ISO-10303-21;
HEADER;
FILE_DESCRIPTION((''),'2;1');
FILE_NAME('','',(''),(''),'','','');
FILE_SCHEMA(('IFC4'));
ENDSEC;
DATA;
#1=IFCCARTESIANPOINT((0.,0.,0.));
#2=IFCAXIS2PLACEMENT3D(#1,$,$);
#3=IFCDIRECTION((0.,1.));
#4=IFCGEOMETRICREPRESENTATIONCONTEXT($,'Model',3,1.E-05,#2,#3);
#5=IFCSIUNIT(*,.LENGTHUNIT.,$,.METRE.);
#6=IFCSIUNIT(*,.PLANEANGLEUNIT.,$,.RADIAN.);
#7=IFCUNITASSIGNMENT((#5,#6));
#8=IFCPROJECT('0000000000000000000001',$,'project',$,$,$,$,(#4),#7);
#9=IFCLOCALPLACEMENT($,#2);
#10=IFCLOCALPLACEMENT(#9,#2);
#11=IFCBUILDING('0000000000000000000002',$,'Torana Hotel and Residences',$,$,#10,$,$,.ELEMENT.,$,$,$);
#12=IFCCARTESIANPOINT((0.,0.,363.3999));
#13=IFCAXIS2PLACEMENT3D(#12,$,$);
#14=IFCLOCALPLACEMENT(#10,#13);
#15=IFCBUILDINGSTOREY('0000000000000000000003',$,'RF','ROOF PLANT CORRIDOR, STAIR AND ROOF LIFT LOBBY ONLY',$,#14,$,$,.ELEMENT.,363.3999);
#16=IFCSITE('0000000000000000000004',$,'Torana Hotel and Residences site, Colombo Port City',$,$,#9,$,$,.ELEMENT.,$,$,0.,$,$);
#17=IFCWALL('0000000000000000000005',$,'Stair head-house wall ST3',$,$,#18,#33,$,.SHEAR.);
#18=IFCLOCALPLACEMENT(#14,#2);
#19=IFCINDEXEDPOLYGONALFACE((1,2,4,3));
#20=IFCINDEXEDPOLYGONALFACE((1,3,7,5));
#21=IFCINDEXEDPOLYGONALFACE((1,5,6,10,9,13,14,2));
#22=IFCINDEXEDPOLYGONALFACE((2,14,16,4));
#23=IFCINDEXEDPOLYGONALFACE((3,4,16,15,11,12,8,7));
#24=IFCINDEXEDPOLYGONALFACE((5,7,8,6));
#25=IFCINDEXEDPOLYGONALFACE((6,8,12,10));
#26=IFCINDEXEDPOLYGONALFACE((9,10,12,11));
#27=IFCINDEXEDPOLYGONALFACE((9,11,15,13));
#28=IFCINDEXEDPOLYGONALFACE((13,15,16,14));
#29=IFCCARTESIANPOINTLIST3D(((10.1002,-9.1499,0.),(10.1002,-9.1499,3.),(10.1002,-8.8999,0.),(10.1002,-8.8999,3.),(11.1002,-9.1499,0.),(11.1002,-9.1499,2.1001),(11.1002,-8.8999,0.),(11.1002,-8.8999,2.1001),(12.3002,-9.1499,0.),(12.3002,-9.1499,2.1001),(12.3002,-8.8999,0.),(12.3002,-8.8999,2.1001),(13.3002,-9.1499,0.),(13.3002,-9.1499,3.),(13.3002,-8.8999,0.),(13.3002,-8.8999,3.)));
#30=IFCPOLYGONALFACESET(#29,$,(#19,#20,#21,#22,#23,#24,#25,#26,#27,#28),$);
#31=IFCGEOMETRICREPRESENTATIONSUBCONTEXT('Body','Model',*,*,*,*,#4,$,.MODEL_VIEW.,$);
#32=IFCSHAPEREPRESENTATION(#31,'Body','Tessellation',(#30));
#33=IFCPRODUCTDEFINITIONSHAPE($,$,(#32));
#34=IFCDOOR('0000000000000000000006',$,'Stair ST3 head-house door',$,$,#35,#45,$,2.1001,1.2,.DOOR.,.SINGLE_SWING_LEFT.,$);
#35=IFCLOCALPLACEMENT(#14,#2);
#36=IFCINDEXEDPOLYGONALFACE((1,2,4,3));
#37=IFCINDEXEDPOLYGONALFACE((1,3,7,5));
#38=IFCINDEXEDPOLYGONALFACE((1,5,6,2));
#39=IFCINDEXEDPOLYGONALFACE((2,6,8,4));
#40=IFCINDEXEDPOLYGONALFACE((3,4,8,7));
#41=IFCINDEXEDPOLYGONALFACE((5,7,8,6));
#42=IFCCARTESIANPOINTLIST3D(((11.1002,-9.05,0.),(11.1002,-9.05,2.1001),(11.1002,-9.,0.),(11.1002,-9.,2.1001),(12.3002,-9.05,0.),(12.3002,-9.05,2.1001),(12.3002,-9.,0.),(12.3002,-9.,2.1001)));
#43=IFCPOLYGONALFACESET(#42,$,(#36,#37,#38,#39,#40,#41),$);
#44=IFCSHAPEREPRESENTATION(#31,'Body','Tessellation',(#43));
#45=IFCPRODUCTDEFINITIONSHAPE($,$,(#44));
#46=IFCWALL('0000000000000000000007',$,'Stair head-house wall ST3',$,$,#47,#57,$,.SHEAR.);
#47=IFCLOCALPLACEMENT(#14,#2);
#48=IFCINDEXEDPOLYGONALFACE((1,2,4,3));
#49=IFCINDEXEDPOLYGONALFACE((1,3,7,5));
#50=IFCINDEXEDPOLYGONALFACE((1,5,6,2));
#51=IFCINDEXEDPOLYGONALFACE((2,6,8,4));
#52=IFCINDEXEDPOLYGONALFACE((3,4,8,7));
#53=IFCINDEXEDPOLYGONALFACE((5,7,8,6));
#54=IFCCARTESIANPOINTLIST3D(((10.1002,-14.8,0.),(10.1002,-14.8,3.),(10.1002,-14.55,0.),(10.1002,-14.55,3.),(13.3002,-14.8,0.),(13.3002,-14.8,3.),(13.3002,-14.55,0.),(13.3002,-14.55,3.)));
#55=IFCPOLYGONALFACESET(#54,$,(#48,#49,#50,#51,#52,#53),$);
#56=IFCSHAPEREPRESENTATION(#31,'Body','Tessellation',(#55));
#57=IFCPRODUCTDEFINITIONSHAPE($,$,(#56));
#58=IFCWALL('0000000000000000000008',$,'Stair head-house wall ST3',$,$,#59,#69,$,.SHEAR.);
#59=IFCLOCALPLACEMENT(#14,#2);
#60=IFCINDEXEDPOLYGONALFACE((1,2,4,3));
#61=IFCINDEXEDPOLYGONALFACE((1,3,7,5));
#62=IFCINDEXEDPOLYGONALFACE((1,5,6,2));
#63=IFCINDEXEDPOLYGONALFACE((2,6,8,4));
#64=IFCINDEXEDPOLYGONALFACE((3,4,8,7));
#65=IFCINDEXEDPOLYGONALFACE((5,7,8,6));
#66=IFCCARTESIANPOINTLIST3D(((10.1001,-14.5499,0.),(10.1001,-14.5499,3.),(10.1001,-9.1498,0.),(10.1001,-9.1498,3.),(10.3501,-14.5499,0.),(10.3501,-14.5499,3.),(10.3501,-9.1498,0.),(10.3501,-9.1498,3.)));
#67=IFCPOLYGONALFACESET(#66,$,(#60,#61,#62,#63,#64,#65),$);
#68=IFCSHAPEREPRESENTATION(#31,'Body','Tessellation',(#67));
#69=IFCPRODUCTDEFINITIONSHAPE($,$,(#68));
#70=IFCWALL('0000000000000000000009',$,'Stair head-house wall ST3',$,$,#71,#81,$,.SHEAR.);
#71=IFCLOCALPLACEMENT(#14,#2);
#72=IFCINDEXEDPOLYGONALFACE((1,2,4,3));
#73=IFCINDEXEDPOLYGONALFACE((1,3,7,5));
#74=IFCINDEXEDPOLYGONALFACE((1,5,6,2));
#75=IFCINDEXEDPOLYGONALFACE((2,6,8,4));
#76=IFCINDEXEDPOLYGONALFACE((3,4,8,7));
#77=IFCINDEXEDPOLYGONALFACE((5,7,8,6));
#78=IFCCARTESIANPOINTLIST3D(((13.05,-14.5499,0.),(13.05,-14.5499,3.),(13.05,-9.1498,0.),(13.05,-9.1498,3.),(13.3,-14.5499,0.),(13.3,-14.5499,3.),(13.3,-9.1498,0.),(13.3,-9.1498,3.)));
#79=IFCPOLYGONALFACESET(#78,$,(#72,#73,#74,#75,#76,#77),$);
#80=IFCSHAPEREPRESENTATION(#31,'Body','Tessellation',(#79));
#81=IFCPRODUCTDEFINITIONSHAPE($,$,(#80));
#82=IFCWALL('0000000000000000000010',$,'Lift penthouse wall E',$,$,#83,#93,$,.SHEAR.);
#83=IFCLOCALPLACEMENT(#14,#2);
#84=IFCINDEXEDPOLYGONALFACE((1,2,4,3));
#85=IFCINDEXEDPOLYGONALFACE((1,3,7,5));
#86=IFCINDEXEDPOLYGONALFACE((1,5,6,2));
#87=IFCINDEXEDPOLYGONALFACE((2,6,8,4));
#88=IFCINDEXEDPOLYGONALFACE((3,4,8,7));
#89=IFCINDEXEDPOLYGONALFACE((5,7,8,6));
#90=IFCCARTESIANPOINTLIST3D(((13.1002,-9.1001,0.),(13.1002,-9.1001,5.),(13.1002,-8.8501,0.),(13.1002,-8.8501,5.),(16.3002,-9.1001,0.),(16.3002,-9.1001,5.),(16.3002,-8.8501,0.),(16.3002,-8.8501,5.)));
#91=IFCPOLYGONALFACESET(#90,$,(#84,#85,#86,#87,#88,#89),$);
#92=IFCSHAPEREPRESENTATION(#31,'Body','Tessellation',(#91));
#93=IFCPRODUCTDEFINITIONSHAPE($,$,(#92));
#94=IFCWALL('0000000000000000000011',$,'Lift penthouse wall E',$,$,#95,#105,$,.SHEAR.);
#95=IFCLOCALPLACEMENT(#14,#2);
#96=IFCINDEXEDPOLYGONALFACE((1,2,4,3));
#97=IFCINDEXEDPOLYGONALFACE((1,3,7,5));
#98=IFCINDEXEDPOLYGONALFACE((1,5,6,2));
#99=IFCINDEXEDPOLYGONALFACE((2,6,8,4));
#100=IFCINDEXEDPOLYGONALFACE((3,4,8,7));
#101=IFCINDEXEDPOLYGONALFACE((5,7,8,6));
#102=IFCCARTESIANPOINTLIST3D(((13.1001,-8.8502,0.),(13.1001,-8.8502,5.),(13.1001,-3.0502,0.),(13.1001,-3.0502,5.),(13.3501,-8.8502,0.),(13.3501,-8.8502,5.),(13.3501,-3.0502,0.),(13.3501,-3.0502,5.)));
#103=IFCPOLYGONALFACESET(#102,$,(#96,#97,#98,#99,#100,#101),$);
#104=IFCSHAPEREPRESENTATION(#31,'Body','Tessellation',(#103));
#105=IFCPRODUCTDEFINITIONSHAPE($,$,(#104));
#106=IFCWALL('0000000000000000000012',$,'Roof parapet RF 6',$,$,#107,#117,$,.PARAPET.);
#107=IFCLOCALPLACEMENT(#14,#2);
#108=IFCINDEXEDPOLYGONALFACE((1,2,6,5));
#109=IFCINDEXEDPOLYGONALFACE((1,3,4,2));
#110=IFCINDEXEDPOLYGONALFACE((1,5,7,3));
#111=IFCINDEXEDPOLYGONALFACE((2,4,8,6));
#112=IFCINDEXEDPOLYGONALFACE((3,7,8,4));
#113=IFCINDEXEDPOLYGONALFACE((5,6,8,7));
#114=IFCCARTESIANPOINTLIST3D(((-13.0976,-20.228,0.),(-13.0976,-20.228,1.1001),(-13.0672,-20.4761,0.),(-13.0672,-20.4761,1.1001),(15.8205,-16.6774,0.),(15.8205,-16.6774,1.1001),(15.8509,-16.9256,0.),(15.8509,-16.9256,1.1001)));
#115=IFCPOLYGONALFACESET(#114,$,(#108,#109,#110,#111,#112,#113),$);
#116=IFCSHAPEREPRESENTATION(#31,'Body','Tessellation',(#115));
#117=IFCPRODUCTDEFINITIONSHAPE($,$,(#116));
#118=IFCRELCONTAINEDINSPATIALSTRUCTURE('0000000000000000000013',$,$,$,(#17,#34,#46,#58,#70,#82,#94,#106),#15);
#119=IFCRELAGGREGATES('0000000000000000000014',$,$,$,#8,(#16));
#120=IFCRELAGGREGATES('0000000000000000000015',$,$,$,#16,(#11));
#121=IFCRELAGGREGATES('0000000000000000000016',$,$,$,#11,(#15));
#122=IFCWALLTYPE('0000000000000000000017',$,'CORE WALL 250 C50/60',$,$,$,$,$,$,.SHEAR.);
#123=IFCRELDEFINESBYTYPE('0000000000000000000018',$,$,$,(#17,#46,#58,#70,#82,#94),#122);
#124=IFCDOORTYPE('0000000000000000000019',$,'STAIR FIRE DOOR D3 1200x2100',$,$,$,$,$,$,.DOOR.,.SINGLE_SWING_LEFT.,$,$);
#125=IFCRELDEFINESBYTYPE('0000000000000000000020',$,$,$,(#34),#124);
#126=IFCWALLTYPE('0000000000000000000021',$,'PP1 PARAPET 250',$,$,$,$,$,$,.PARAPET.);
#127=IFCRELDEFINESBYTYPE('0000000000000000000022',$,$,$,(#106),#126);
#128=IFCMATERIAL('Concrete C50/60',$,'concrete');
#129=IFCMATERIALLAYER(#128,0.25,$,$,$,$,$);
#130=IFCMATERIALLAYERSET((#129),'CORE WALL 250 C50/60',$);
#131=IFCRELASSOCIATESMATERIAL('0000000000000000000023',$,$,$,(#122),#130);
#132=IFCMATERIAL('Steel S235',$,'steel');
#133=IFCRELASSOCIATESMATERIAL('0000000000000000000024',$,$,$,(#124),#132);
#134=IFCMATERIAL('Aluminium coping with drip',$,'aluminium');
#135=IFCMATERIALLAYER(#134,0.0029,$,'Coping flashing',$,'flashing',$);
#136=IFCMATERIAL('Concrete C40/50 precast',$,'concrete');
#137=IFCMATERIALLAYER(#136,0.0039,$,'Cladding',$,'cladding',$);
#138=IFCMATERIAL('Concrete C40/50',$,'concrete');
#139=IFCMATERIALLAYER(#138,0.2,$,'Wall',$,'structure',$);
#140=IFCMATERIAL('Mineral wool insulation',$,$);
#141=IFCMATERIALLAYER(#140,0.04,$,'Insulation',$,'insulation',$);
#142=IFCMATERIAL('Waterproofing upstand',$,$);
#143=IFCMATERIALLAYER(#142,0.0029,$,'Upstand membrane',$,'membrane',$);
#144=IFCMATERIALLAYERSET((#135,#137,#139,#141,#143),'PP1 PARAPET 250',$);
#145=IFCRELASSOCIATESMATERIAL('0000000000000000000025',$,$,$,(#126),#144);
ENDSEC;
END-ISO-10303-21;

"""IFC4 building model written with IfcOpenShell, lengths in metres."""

from ifc_helpers import new_model, si_unit, direction, frame, frame_2d, origin, place, context, subcontext, project, spatial, rectangle, extrude, material, layer, layer_set, type_object, element, fill, save


model = new_model("IFC4")

# Units and contexts
model_context = context("Model", 3, precision=1e-05, world=origin(), true_north=direction((0.0, 1.0)))
body_context = subcontext(model_context, "Body", "Model", "MODEL_VIEW")
ifc_project = project(units=[si_unit("LENGTHUNIT", "METRE"), si_unit("PLANEANGLEUNIT", "RADIAN")], contexts=[model_context])

# Site, building, storey
site_placement = place(None, origin())
site = spatial("IfcSite", under=ifc_project, at=site_placement, Name="Torana Hotel and Residences site, Colombo Port City", CompositionType="ELEMENT", RefElevation=0.0)
building_placement = place(site_placement, origin())
building = spatial("IfcBuilding", under=site, at=building_placement, Name="Torana Hotel and Residences", CompositionType="ELEMENT")
storey_placement = place(building_placement, frame((0.0, 0.0, 363.3999)))
storey = spatial("IfcBuildingStorey", under=building, at=storey_placement, Name="RF", Description="ROOF PLANT CORRIDOR, STAIR AND ROOF LIFT LOBBY ONLY", CompositionType="ELEMENT", Elevation=363.3999)

# Wall, opening, door
ifc_material_1 = material(Name="Concrete C50/60", Category="concrete")
ifc_layer_1 = layer(ifc_material_1, 0.25)
ifc_layer_set_1 = layer_set([ifc_layer_1], Name="CORE WALL 250 C50/60")
wall_type_1 = type_object("IfcWallType", Name="CORE WALL 250 C50/60", PredefinedType="SHEAR", material=ifc_layer_set_1)
wall_1_placement = place(storey_placement, frame((10.1001, -9.0249, 0.0), z_axis=(0.0, 0.0, 1.0), x_axis=(1.0, 0.0, 0.0)))
wall_1 = element("IfcWall", 1, at=wall_1_placement, inside=storey, type_object=wall_type_1, Name="Stair head-house wall ST3", PredefinedType="SHEAR", context=body_context, shape_type="SweptSolid", body=[
    extrude(rectangle(XDim=3.2, YDim=0.25, at=frame_2d((1.6001, 0.0))), origin(), (0.0, 0.0, 1.0), 3.0),
])
opening_1_placement = place(wall_1_placement, frame((1.0, 0.0, 0.0)))
opening_1 = element("IfcOpeningElement", 2, at=opening_1_placement, cuts=wall_1, PredefinedType="OPENING", context=body_context, shape_type="SweptSolid", body=[
    extrude(rectangle(XDim=1.2, YDim=2.1001, at=frame_2d((0.6001, 1.05))), frame((0.0, 0.135, 0.0), z_axis=(0.0, -1.0, 0.0), x_axis=(1.0, 0.0, 0.0)), (0.0, 0.0, 1.0), 0.27),
])
ifc_material_2 = material(Name="Steel S235", Category="steel")
door_type = type_object("IfcDoorType", Name="STAIR FIRE DOOR D3 1200x2100", OperationType="SINGLE_SWING_LEFT", PredefinedType="DOOR", material=ifc_material_2)
door_placement = place(opening_1_placement, frame((0.6001, 0.0, 0.0), z_axis=(0.0, 0.0, 1.0), x_axis=(-1.0, 0.0, 0.0)))
door = element("IfcDoor", 3, at=door_placement, inside=storey, type_object=door_type, Name="Stair ST3 head-house door", OperationType="SINGLE_SWING_LEFT", OverallHeight=2.1001, OverallWidth=1.2, PredefinedType="DOOR", context=body_context, shape_type="SweptSolid", body=[
    extrude(rectangle(XDim=1.2, YDim=2.1001, at=frame_2d((0.0, 1.05))), frame((0.0, -0.0249, 0.0), z_axis=(0.0, 1.0, 0.0), x_axis=(-1.0, 0.0, 0.0)), (0.0, 0.0, 1.0), 0.05),
])
fill(opening_1, door)

# Walls
wall_2_placement = place(storey_placement, frame((10.1001, -14.675, 0.0), z_axis=(0.0, 0.0, 1.0), x_axis=(1.0, 0.0, 0.0)))
element("IfcWall", 4, at=wall_2_placement, inside=storey, type_object=wall_type_1, Name="Stair head-house wall ST3", PredefinedType="SHEAR", context=body_context, shape_type="SweptSolid", body=[
    extrude(rectangle(XDim=3.2, YDim=0.25, at=frame_2d((1.6001, 0.0))), origin(), (0.0, 0.0, 1.0), 3.0),
])
for number, where, z_axis, x_axis, name in (
    (5, (10.2251, -14.55, 0.0), (0.0, 0.0, 1.0), (0.0, 1.0, 0.0), "Stair head-house wall ST3"),
    (6, (13.175, -14.55, 0.0), (0.0, 0.0, 1.0), (0.0, 1.0, 0.0), "Stair head-house wall ST3"),
):
    element("IfcWall", number, at=place(storey_placement, frame(where, z_axis=z_axis, x_axis=x_axis)), inside=storey, type_object=wall_type_1, Name=name, PredefinedType="SHEAR", context=body_context, shape_type="SweptSolid", body=[
        extrude(rectangle(XDim=5.4001, YDim=0.25, at=frame_2d((2.7002, 0.0))), origin(), (0.0, 0.0, 1.0), 3.0),
    ])
wall_3_placement = place(storey_placement, frame((13.1001, -8.9751, 0.0), z_axis=(0.0, 0.0, 1.0), x_axis=(1.0, 0.0, 0.0)))
element("IfcWall", 7, at=wall_3_placement, inside=storey, type_object=wall_type_1, Name="Lift penthouse wall E", PredefinedType="SHEAR", context=body_context, shape_type="SweptSolid", body=[
    extrude(rectangle(XDim=3.2, YDim=0.25, at=frame_2d((1.6001, 0.0))), origin(), (0.0, 0.0, 1.0), 5.0),
])
wall_4_placement = place(storey_placement, frame((13.2251, -8.8501, 0.0), z_axis=(0.0, 0.0, 1.0), x_axis=(0.0, 1.0, 0.0)))
element("IfcWall", 8, at=wall_4_placement, inside=storey, type_object=wall_type_1, Name="Lift penthouse wall E", PredefinedType="SHEAR", context=body_context, shape_type="SweptSolid", body=[
    extrude(rectangle(XDim=5.8, YDim=0.25, at=frame_2d((2.8999, 0.0))), origin(), (0.0, 0.0, 1.0), 5.0),
])

# Wall
ifc_material_3 = material(Name="Aluminium coping with drip", Category="aluminium")
ifc_layer_2 = layer(ifc_material_3, 0.0029, Name="Coping flashing", Category="flashing")
ifc_material_4 = material(Name="Concrete C40/50 precast", Category="concrete")
ifc_layer_3 = layer(ifc_material_4, 0.0039, Name="Cladding", Category="cladding")
ifc_material_5 = material(Name="Concrete C40/50", Category="concrete")
ifc_layer_4 = layer(ifc_material_5, 0.2, Name="Wall", Category="structure")
ifc_material_6 = material(Name="Mineral wool insulation")
ifc_layer_5 = layer(ifc_material_6, 0.04, Name="Insulation", Category="insulation")
ifc_material_7 = material(Name="Waterproofing upstand")
ifc_layer_6 = layer(ifc_material_7, 0.0029, Name="Upstand membrane", Category="membrane")
ifc_layer_set_2 = layer_set([ifc_layer_2, ifc_layer_3, ifc_layer_4, ifc_layer_5, ifc_layer_6], Name="PP1 PARAPET 250")
wall_type_2 = type_object("IfcWallType", Name="PP1 PARAPET 250", PredefinedType="PARAPET", material=ifc_layer_set_2)
wall_5_placement = place(storey_placement, frame((15.8357, -16.8015, 0.0), z_axis=(0.0, 0.0, 1.0), x_axis=(-0.992547, -0.121863, 0.0)))
element("IfcWall", 9, at=wall_5_placement, inside=storey, type_object=wall_type_2, Name="Roof parapet RF 6", PredefinedType="PARAPET", context=body_context, shape_type="SweptSolid", body=[
    extrude(rectangle(XDim=29.1353, YDim=0.25, at=frame_2d((14.5676, 0.0))), origin(), (0.0, 0.0, 1.0), 1.1001),
])

save(model, "model.ifc")
